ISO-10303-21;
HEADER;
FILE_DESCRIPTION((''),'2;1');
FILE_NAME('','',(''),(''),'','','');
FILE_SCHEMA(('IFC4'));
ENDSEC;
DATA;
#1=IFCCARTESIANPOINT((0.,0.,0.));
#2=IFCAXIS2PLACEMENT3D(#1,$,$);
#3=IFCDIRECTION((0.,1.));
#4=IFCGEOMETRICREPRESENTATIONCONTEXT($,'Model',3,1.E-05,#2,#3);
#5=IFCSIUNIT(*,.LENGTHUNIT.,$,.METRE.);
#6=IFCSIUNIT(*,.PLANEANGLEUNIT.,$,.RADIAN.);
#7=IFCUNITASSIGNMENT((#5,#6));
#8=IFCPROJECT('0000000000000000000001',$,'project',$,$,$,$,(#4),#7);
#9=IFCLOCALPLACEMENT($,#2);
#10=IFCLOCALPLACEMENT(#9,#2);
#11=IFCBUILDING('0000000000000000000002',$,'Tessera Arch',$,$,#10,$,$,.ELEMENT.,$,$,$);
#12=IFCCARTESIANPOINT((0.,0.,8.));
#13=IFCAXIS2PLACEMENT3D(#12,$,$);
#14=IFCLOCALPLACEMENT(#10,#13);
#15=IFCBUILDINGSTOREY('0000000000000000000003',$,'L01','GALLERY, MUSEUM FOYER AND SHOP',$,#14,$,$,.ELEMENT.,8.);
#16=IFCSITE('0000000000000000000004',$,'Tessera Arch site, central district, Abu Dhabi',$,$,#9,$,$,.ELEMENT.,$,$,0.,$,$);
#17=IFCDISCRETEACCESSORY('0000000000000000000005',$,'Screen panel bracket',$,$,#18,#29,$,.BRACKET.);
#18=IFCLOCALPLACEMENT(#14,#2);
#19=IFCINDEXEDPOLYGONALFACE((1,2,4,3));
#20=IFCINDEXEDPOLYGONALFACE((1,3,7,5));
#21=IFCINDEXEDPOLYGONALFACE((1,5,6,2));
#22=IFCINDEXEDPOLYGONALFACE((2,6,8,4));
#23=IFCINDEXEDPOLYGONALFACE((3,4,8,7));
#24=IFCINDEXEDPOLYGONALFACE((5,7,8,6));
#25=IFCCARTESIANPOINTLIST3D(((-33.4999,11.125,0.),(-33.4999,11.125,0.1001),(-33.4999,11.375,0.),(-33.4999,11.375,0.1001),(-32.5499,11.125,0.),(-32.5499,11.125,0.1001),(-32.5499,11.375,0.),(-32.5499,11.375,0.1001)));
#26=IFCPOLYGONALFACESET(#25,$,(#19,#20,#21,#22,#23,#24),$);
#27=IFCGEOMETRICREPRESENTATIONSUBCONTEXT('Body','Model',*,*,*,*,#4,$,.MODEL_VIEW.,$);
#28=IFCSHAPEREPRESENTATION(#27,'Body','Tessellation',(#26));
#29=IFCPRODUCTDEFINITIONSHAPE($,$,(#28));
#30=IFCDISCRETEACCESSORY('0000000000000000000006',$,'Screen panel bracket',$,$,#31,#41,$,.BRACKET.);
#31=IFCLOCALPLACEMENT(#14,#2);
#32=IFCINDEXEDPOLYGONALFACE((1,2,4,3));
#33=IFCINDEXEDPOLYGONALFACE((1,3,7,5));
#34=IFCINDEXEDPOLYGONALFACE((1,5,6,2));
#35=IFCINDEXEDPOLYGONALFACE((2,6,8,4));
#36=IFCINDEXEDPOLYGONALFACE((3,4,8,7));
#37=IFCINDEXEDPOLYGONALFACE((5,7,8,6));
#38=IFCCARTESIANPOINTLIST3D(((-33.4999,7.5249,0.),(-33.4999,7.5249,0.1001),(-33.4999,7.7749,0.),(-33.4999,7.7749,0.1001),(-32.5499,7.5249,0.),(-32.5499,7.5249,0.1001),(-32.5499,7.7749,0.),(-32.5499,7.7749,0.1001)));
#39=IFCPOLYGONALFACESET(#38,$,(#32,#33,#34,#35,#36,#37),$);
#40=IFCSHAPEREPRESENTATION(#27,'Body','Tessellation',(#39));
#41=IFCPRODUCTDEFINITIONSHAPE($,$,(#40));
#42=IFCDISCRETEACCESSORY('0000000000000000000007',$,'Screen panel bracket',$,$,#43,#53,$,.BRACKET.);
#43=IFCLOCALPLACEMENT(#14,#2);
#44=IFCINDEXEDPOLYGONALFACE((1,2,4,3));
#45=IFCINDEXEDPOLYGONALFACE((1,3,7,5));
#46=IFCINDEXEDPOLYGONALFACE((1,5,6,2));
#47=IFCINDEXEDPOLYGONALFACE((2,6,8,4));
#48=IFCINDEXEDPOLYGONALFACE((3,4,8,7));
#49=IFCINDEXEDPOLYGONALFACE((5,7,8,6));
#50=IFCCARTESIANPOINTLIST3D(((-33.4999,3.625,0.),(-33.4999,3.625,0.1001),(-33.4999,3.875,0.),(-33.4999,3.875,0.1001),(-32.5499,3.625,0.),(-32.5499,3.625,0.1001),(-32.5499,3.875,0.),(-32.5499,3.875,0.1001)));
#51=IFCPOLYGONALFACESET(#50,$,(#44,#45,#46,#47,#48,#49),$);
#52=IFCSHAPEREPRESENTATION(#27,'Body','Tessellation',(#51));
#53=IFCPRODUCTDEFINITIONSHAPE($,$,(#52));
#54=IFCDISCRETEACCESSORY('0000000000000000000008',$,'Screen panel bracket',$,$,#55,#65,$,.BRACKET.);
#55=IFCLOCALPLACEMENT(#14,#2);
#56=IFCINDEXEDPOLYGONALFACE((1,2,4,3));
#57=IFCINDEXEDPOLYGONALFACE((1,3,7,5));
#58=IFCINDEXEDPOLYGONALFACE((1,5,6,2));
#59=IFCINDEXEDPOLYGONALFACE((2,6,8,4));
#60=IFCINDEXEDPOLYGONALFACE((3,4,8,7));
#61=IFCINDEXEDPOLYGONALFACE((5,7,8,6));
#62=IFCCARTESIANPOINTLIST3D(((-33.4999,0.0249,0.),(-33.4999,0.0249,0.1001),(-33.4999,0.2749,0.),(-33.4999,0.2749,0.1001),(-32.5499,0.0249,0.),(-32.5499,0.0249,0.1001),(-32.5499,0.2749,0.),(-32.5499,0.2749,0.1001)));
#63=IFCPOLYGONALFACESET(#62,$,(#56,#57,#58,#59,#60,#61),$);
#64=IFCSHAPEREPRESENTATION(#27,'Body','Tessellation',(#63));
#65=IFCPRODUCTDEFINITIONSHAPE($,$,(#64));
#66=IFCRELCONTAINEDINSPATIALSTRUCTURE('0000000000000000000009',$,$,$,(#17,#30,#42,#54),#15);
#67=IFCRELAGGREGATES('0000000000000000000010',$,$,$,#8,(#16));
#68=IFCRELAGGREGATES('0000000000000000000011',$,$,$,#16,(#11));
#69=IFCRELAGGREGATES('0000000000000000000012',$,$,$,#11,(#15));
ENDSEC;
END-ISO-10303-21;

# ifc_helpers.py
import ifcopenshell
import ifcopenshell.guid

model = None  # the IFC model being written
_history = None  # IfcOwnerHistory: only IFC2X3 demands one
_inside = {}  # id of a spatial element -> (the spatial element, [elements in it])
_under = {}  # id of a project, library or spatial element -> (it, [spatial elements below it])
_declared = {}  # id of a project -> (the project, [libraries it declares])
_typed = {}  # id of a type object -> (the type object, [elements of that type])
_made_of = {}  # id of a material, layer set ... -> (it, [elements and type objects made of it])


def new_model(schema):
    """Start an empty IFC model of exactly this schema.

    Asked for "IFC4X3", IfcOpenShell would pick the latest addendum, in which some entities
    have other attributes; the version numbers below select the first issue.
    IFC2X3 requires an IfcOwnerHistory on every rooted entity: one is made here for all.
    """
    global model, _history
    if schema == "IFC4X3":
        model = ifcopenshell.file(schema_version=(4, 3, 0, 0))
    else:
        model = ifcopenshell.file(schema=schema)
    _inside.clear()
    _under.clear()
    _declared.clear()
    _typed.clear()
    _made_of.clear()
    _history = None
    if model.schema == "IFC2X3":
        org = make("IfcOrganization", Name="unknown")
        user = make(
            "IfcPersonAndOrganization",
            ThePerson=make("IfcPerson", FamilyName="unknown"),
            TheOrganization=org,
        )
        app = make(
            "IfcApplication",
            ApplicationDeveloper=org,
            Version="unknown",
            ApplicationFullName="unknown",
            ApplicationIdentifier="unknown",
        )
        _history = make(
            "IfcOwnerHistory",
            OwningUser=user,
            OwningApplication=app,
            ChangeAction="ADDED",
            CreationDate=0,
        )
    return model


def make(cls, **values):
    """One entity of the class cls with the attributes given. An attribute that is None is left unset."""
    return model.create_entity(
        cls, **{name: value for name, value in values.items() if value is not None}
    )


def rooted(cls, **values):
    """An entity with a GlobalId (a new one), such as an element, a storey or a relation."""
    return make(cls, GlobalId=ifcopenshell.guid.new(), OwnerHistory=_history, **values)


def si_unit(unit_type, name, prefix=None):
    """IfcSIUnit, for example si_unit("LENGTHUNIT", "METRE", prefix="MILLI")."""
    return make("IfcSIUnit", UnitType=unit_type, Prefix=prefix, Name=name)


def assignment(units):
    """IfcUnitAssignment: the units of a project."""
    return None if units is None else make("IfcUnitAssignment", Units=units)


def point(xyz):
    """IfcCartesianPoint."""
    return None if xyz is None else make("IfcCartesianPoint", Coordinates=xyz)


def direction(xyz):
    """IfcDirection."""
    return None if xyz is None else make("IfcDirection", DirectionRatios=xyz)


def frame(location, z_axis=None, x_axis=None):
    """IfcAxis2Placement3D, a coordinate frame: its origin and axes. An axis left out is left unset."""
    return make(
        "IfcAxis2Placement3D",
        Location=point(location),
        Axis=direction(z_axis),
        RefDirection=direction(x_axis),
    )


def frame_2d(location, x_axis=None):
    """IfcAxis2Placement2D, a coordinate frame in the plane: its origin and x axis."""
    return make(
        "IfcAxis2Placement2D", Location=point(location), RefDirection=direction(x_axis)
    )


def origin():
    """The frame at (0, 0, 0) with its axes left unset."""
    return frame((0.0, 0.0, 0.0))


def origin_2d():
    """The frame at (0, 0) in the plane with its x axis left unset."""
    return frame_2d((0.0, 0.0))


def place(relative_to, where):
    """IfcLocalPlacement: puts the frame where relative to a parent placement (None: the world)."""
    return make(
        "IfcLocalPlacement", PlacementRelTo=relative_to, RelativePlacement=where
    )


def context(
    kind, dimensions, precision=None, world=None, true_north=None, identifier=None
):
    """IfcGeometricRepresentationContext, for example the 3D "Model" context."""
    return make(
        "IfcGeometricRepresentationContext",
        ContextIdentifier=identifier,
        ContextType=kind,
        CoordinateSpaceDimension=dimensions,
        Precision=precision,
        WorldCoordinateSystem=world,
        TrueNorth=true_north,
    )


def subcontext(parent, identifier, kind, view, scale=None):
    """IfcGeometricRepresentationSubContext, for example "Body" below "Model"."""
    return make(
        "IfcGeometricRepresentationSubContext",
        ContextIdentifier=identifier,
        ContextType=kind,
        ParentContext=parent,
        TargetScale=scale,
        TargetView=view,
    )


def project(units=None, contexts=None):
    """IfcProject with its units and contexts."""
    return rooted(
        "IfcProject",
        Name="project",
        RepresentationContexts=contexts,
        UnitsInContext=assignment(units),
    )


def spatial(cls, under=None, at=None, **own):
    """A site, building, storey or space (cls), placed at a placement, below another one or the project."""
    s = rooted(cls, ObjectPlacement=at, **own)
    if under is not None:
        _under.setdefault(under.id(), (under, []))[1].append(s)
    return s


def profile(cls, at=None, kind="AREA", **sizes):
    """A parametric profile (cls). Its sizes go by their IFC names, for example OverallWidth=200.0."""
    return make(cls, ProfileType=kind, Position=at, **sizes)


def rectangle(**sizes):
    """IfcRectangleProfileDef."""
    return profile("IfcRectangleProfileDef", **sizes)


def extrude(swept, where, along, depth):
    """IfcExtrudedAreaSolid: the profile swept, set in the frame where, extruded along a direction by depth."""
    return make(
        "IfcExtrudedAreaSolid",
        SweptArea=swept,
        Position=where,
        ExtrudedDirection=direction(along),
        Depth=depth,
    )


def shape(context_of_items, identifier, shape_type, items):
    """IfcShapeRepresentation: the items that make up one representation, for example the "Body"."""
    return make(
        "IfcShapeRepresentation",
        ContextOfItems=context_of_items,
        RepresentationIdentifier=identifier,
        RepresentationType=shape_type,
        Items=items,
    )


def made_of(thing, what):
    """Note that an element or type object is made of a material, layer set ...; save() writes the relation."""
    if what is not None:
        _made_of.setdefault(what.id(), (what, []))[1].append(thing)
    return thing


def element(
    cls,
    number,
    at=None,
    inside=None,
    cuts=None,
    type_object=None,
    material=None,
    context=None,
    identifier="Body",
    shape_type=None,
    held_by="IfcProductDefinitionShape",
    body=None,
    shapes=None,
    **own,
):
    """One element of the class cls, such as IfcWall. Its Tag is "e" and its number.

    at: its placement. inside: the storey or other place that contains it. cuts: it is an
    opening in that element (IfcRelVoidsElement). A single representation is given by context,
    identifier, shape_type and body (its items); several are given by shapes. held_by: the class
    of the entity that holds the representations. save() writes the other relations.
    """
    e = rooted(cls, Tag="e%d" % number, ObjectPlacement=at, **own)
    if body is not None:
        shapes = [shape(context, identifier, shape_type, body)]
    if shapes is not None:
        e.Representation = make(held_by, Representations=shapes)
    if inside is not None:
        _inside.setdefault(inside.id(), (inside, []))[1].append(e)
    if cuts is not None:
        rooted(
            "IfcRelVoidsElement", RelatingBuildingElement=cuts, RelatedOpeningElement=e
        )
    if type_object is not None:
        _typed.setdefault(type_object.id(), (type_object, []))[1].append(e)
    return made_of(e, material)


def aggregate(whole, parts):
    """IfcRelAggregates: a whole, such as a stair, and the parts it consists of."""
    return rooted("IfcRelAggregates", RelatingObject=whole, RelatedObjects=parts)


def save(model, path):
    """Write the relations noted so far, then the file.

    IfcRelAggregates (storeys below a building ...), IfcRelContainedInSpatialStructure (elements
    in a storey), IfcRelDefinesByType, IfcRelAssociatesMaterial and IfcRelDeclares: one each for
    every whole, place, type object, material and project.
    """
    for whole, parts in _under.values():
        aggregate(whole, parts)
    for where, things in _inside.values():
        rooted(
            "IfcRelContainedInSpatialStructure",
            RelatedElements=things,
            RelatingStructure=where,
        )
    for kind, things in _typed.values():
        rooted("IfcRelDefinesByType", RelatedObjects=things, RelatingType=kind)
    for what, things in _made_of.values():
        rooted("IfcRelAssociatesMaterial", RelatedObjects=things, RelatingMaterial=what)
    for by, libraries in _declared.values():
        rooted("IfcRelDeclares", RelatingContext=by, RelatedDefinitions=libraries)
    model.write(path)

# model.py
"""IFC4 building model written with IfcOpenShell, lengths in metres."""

from ifc_helpers import new_model, si_unit, direction, frame, origin, origin_2d, place, context, subcontext, project, spatial, rectangle, extrude, element, save


model = new_model("IFC4")

# Units and contexts
model_context = context("Model", 3, precision=1e-05, world=origin(), true_north=direction((0.0, 1.0)))
body_context = subcontext(model_context, "Body", "Model", "MODEL_VIEW")
ifc_project = project(units=[si_unit("LENGTHUNIT", "METRE"), si_unit("PLANEANGLEUNIT", "RADIAN")], contexts=[model_context])

# Site, building, storey
site_placement = place(None, origin())
site = spatial("IfcSite", under=ifc_project, at=site_placement, Name="Tessera Arch site, central district, Abu Dhabi", CompositionType="ELEMENT", RefElevation=0.0)
building_placement = place(site_placement, origin())
building = spatial("IfcBuilding", under=site, at=building_placement, Name="Tessera Arch", CompositionType="ELEMENT")
storey_placement = place(building_placement, frame((0.0, 0.0, 8.0)))
storey = spatial("IfcBuildingStorey", under=building, at=storey_placement, Name="L01", Description="GALLERY, MUSEUM FOYER AND SHOP", CompositionType="ELEMENT", Elevation=8.0)

# Discrete accessories
for number, where, z_axis, x_axis, name in (
    (1, (-33.0249, 11.25, 0.0), (0.0, 0.0, 1.0), (-1.0, 0.0, 0.0), "Screen panel bracket"),
    (2, (-33.0249, 7.6499, 0.0), (0.0, 0.0, 1.0), (-1.0, 0.0, 0.0), "Screen panel bracket"),
    (3, (-33.0249, 3.75, 0.0), (0.0, 0.0, 1.0), (-1.0, 0.0, 0.0), "Screen panel bracket"),
    (4, (-33.0249, 0.1499, 0.0), (0.0, 0.0, 1.0), (-1.0, 0.0, 0.0), "Screen panel bracket"),
):
    element("IfcDiscreteAccessory", number, at=place(storey_placement, frame(where, z_axis=z_axis, x_axis=x_axis)), inside=storey, Name=name, PredefinedType="BRACKET", context=body_context, shape_type="SweptSolid", body=[
        extrude(rectangle(XDim=0.95, YDim=0.25, at=origin_2d()), origin(), (0.0, 0.0, 1.0), 0.1001),
    ])

save(model, "model.ifc")
